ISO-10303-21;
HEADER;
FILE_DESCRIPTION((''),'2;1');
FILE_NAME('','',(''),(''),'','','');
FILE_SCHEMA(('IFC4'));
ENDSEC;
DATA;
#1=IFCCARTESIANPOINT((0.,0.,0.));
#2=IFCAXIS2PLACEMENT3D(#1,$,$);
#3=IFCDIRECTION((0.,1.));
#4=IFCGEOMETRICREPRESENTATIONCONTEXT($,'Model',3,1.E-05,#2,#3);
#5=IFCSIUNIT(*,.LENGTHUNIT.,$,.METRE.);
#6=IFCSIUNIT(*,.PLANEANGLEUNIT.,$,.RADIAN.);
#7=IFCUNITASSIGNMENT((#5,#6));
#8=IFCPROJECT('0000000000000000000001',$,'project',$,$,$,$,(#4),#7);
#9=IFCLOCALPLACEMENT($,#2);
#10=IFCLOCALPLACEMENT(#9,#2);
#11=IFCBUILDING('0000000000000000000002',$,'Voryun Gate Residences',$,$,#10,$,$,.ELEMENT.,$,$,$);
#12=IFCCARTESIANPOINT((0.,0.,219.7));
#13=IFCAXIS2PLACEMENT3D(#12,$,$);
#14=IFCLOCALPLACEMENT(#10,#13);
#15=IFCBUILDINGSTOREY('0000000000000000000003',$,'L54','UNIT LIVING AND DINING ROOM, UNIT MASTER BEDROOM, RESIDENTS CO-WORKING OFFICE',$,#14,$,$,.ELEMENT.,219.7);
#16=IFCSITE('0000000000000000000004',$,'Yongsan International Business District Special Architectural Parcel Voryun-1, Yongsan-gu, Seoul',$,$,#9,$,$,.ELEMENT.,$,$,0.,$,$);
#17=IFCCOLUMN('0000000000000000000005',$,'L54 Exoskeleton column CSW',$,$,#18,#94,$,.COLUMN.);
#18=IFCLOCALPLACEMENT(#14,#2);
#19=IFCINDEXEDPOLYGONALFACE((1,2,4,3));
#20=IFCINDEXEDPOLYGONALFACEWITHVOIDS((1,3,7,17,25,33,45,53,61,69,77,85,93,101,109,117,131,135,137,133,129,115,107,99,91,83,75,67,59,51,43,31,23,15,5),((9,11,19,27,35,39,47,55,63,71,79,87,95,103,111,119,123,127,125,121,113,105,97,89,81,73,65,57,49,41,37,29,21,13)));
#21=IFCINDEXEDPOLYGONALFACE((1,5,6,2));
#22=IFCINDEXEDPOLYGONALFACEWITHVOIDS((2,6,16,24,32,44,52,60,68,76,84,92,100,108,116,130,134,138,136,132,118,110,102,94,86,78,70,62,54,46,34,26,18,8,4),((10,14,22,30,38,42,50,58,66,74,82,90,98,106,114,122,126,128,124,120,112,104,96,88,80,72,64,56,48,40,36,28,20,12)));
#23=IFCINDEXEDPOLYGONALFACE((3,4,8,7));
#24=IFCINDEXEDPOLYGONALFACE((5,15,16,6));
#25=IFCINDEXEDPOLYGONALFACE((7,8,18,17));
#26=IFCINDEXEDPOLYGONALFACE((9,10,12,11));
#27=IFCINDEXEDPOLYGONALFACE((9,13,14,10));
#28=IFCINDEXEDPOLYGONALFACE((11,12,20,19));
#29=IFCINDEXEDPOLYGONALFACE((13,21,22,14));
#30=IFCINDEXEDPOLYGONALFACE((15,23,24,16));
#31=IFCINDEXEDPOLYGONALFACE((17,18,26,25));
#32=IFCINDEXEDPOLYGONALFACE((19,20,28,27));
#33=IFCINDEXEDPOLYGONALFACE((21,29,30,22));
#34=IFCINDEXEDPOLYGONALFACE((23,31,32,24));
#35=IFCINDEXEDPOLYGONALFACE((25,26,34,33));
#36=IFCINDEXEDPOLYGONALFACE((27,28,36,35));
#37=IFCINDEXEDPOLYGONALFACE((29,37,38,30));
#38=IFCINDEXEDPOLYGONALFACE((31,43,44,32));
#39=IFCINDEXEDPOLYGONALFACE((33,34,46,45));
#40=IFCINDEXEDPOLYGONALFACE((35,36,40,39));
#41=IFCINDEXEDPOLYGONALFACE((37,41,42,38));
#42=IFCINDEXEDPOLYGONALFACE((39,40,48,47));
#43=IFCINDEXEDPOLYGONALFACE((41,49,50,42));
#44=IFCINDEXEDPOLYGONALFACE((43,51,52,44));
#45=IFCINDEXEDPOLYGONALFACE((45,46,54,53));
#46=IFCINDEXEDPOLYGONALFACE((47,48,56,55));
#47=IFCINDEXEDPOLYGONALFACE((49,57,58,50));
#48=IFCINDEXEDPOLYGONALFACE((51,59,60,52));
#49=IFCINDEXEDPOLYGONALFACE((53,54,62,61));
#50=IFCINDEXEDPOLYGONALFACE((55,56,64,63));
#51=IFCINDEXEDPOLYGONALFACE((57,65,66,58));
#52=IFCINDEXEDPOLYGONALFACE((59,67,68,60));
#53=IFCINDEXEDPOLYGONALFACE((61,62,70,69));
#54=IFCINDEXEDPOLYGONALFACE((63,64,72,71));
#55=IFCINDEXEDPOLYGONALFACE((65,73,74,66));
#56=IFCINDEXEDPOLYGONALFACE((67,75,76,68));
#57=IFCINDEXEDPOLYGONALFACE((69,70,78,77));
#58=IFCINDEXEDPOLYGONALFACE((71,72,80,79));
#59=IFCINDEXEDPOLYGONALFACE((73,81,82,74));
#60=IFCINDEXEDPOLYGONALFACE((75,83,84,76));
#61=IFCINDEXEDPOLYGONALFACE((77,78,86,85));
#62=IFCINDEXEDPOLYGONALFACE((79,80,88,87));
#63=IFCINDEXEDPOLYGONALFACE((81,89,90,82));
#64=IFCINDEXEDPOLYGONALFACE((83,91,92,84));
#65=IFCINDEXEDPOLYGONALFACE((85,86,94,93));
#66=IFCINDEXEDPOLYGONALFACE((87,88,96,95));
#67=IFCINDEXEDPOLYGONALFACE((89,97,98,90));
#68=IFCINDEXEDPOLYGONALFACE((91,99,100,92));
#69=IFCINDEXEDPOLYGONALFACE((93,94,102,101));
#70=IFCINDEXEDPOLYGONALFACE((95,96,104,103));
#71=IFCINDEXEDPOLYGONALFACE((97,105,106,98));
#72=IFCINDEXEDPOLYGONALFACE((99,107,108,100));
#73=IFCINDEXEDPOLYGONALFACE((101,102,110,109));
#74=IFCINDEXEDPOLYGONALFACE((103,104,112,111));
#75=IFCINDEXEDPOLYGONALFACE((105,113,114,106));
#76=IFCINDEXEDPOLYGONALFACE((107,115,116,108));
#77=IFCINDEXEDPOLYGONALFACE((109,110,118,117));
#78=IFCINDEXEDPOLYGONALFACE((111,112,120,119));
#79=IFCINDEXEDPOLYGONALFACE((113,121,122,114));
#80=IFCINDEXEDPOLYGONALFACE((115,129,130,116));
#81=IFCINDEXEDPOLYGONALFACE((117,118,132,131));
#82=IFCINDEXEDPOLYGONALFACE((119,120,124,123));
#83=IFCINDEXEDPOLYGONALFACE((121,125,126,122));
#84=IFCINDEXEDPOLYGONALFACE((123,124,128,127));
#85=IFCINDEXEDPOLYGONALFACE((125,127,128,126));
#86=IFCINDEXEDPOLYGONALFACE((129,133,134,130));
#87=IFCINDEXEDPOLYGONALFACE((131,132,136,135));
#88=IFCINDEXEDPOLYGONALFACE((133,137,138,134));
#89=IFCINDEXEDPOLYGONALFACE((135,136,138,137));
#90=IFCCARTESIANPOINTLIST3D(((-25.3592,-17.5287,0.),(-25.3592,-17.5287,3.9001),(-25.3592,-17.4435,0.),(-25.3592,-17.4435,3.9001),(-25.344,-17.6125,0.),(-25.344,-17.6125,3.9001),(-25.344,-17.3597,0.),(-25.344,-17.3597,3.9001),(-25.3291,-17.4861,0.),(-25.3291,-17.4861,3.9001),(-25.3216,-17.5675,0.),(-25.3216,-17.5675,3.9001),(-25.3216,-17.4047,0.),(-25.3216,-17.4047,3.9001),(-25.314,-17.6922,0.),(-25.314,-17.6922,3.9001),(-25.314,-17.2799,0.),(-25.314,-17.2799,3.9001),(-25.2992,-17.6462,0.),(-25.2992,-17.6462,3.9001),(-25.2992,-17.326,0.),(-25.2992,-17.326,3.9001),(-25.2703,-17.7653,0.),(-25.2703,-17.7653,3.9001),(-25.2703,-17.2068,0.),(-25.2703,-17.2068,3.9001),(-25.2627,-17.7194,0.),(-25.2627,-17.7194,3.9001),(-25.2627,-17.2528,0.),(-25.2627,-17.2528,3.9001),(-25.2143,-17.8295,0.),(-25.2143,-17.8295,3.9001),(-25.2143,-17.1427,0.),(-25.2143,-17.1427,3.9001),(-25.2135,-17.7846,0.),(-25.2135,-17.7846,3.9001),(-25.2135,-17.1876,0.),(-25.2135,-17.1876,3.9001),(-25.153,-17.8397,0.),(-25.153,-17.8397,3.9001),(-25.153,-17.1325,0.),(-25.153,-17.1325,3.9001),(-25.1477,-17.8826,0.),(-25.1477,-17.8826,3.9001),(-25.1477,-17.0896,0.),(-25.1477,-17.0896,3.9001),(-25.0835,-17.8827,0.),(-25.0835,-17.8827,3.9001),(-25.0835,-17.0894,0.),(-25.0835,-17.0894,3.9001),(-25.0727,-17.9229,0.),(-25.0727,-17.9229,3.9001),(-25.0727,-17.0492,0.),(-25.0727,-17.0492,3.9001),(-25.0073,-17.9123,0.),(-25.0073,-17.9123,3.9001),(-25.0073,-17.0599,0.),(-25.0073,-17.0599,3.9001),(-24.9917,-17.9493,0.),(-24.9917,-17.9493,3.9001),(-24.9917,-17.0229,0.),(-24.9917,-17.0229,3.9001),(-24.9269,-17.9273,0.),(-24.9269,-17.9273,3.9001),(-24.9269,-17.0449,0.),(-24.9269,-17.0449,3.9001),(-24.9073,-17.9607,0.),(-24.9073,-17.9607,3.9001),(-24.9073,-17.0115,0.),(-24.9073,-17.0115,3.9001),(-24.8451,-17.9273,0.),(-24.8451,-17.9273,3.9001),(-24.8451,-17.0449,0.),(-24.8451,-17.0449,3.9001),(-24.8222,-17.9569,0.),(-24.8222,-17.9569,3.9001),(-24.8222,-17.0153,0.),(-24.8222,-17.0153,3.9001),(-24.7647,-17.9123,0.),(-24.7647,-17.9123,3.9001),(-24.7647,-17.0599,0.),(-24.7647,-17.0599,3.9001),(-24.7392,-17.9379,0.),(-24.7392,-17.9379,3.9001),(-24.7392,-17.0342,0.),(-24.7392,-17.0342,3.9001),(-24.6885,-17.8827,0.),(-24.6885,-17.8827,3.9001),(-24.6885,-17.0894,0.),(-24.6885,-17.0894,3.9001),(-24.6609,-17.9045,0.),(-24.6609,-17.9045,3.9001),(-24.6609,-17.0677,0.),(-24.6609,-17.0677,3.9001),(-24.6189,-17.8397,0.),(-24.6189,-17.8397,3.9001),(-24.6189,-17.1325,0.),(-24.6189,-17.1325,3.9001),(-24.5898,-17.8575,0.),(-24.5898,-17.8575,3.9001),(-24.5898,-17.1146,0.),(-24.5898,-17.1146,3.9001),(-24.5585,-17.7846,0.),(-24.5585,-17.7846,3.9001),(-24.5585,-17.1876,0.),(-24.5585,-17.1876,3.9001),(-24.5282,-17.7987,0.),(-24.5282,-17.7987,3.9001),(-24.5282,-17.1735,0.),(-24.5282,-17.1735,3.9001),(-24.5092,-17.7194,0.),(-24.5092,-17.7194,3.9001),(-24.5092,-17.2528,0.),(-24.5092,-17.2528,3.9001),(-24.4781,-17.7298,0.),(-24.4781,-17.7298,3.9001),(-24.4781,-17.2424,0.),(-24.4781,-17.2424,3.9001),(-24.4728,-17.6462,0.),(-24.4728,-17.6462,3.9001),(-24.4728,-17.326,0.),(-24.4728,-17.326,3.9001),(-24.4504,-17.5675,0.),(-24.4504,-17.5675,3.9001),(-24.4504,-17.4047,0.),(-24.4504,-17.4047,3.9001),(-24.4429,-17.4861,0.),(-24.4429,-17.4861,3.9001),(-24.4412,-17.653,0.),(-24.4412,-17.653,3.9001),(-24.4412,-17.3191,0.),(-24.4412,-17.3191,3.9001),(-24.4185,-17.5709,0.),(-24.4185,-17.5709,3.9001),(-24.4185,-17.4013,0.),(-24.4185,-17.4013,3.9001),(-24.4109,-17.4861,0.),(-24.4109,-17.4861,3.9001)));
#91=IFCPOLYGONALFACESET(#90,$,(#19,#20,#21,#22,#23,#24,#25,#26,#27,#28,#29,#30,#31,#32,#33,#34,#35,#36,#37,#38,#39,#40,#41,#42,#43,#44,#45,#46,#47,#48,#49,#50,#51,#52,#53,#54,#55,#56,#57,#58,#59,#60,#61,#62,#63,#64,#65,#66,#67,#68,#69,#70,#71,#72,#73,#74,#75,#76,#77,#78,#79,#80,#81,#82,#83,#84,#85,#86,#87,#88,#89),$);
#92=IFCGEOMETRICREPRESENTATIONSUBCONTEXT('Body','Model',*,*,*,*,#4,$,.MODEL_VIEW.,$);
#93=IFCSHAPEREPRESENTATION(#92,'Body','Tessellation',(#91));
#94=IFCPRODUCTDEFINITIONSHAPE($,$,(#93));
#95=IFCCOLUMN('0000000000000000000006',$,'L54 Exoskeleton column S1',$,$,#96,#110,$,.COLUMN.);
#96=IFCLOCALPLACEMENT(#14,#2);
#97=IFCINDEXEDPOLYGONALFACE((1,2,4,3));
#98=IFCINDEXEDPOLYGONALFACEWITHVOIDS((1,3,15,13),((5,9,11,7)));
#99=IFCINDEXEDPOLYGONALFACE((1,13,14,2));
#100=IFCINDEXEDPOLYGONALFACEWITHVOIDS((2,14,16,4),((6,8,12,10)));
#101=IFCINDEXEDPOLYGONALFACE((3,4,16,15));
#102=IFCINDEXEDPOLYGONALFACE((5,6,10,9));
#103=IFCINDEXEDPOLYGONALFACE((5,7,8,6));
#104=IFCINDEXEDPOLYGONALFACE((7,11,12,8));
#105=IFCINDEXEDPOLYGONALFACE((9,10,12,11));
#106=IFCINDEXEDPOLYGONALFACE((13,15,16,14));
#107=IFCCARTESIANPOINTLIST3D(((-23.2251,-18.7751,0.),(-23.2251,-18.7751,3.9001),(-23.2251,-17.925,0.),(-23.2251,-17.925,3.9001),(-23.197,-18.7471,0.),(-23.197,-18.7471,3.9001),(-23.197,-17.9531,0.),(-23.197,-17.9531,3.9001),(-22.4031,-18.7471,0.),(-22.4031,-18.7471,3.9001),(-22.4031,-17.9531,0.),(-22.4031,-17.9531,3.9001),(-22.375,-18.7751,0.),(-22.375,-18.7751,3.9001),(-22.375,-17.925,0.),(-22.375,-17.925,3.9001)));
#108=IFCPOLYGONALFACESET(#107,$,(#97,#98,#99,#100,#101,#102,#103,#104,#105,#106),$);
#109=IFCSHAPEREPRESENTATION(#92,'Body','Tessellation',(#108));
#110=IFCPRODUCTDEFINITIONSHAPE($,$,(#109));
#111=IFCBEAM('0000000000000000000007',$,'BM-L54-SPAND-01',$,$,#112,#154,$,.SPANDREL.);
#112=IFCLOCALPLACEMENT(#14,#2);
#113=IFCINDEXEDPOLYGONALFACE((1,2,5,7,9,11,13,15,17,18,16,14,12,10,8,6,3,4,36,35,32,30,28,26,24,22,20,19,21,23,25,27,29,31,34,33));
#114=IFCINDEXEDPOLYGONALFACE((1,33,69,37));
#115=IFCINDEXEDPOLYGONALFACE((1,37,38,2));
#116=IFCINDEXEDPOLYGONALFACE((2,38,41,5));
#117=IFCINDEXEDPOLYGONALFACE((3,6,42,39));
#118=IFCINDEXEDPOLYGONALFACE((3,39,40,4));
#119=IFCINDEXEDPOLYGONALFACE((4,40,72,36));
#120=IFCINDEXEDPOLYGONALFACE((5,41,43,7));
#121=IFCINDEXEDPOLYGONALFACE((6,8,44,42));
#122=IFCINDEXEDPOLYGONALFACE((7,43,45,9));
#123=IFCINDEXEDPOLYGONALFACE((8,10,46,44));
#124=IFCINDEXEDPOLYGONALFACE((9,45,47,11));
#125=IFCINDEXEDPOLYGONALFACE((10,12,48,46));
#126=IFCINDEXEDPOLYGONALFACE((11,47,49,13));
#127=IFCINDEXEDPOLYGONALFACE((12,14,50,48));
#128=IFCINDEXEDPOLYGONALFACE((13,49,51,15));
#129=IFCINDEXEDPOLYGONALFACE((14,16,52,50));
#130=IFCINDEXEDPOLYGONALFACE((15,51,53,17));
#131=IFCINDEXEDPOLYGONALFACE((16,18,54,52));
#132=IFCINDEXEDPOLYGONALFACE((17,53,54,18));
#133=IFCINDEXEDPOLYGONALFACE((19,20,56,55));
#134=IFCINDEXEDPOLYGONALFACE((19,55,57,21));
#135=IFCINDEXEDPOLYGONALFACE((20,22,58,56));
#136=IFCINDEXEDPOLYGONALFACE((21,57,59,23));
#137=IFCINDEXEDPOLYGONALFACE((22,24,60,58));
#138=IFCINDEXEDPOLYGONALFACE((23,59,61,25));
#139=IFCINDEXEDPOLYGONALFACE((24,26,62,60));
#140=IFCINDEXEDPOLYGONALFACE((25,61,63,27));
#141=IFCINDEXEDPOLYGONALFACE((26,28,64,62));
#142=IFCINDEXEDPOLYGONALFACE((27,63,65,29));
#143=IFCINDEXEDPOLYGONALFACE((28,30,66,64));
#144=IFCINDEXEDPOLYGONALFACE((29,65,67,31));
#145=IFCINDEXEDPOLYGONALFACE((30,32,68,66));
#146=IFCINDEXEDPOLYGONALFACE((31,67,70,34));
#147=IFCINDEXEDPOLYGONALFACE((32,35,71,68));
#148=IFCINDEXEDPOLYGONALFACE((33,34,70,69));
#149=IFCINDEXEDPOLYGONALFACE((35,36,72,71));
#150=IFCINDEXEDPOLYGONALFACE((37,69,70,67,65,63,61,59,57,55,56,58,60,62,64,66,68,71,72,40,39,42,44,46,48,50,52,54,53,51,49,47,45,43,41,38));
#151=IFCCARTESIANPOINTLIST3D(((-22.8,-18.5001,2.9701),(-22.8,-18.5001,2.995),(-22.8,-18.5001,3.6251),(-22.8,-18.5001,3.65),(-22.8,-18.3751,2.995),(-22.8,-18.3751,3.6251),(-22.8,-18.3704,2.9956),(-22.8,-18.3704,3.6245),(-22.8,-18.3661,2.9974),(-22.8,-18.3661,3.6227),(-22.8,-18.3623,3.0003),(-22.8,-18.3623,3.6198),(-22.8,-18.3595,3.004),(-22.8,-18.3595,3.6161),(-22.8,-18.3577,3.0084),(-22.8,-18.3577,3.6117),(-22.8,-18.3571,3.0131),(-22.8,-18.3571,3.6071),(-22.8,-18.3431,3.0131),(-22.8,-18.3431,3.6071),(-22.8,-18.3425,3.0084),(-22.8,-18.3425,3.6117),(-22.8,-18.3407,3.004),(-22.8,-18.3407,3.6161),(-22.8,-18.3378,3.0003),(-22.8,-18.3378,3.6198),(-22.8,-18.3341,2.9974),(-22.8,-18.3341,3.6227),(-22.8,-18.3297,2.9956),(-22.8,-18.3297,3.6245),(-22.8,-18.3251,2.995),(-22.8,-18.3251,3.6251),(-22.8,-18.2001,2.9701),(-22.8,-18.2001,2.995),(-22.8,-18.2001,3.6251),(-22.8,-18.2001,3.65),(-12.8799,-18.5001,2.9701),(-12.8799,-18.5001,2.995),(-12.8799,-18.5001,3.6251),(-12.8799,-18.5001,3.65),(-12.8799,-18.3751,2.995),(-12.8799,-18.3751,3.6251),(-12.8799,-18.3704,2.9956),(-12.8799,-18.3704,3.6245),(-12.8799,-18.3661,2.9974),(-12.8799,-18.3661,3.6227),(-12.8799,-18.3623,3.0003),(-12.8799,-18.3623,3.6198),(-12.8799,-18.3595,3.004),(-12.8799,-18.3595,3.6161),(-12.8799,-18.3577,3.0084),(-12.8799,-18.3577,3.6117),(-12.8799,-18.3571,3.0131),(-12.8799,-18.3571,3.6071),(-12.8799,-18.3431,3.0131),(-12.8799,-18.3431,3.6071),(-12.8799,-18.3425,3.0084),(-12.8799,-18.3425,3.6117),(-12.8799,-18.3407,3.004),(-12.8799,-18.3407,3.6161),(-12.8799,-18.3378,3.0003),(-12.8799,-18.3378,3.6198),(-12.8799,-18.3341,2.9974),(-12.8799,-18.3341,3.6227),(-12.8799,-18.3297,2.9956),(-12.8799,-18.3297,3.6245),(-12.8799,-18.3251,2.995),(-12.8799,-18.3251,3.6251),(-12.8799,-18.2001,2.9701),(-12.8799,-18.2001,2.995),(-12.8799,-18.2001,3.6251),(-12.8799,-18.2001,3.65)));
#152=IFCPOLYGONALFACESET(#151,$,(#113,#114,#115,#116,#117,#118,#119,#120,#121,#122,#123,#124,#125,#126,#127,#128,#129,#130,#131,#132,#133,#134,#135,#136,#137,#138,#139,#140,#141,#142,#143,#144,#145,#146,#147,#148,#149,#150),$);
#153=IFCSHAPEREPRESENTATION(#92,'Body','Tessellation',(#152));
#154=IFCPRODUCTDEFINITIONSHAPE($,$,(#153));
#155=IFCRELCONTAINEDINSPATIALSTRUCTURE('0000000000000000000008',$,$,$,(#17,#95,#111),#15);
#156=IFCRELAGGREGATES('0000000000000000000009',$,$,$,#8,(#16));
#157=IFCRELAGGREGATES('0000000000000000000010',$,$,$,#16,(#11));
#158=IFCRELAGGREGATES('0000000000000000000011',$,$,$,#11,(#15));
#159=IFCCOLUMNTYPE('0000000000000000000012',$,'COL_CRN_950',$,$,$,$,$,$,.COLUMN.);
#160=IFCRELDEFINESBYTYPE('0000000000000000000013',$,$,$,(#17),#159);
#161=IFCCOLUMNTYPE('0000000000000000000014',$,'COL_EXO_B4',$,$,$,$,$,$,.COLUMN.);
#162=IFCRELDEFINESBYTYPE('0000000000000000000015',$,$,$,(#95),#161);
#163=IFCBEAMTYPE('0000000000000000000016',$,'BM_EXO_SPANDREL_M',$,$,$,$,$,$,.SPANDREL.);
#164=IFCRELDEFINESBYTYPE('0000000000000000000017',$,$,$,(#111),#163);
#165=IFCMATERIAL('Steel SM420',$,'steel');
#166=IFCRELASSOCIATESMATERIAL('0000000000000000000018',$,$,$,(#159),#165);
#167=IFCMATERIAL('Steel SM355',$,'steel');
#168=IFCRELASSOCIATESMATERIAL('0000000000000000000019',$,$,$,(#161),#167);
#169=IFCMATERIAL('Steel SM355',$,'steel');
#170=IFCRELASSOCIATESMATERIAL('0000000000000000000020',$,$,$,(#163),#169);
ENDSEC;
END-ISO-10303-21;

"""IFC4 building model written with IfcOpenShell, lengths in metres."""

from ifc_helpers import new_model, si_unit, direction, frame, origin, origin_2d, place, context, subcontext, project, spatial, hollow_rectangle, hollow_circle, i_section, extrude, material, material_profile, profile_set, type_object, element, save


model = new_model("IFC4")

# Units and contexts
model_context = context("Model", 3, precision=1e-05, world=origin(), true_north=direction((0.0, 1.0)))
body_context = subcontext(model_context, "Body", "Model", "MODEL_VIEW")
ifc_project = project(units=[si_unit("LENGTHUNIT", "METRE"), si_unit("PLANEANGLEUNIT", "RADIAN")], contexts=[model_context])

# Site, building, storey
site_placement = place(None, origin())
site = spatial("IfcSite", under=ifc_project, at=site_placement, Name="Yongsan International Business District Special Architectural Parcel Voryun-1, Yongsan-gu, Seoul", CompositionType="ELEMENT", RefElevation=0.0)
building_placement = place(site_placement, origin())
building = spatial("IfcBuilding", under=site, at=building_placement, Name="Voryun Gate Residences", CompositionType="ELEMENT")
storey_placement = place(building_placement, frame((0.0, 0.0, 219.7)))
storey = spatial("IfcBuildingStorey", under=building, at=storey_placement, Name="L54", Description="UNIT LIVING AND DINING ROOM, UNIT MASTER BEDROOM, RESIDENTS CO-WORKING OFFICE", CompositionType="ELEMENT", Elevation=219.7)

# Columns
ifc_material_1 = material(Name="Steel SM420", Category="steel")
ifc_material_profile_1 = material_profile(ifc_material_1, hollow_circle(Radius=0.4751, WallThickness=0.032, at=origin_2d()), Name="CHS-950x32")
ifc_profile_set_1 = profile_set([ifc_material_profile_1], Name="Steel SM420")
column_type_1 = type_object("IfcColumnType", Name="COL_CRN_950", PredefinedType="COLUMN", material=ifc_profile_set_1)
column_1_placement = place(storey_placement, frame((-24.886, -17.4861, 0.0), z_axis=(0.0, 0.0, 1.0), x_axis=(1.0, 0.0, 0.0)))
element("IfcColumn", 1, at=column_1_placement, inside=storey, type_object=column_type_1, Name="L54 Exoskeleton column CSW", PredefinedType="COLUMN", context=body_context, shape_type="SweptSolid", body=[
    extrude(hollow_circle(Radius=0.4751, WallThickness=0.032, at=origin_2d()), origin(), (0.0, 0.0, 1.0), 3.9001),
])
ifc_material_2 = material(Name="Steel SM355", Category="steel")
ifc_material_profile_2 = material_profile(ifc_material_2, hollow_rectangle(XDim=0.8501, YDim=0.8501, WallThickness=0.0281, at=origin_2d()), Name="BOX-850x850x28")
ifc_profile_set_2 = profile_set([ifc_material_profile_2], Name="Steel SM355")
column_type_2 = type_object("IfcColumnType", Name="COL_EXO_B4", PredefinedType="COLUMN", material=ifc_profile_set_2)
column_2_placement = place(storey_placement, frame((-22.8, -18.3501, 0.0), z_axis=(0.0, 0.0, 1.0), x_axis=(1.0, 0.0, 0.0)))
element("IfcColumn", 2, at=column_2_placement, inside=storey, type_object=column_type_2, Name="L54 Exoskeleton column S1", PredefinedType="COLUMN", context=body_context, shape_type="SweptSolid", body=[
    extrude(hollow_rectangle(XDim=0.8501, YDim=0.8501, WallThickness=0.0281, at=origin_2d()), origin(), (0.0, 0.0, 1.0), 3.9001),
])

# Beam
ifc_material_3 = material(Name="Steel SM355", Category="steel")
ifc_material_profile_3 = material_profile(ifc_material_3, i_section(OverallWidth=0.3, OverallDepth=0.6799, WebThickness=0.0139, FlangeThickness=0.0249, FilletRadius=0.0181, at=origin_2d()), Name="H-680x300x14x25")
ifc_profile_set_3 = profile_set([ifc_material_profile_3], Name="Steel SM355")
beam_type = type_object("IfcBeamType", Name="BM_EXO_SPANDREL_M", PredefinedType="SPANDREL", material=ifc_profile_set_3)
beam_1_placement = place(storey_placement, frame((-22.8, -18.3501, 3.3101), z_axis=(1.0, 0.0, 0.0), x_axis=(0.0, 1.0, 0.0)))
element("IfcBeam", 3, at=beam_1_placement, inside=storey, type_object=beam_type, Name="BM-L54-SPAND-01", PredefinedType="SPANDREL", context=body_context, shape_type="SweptSolid", body=[
    extrude(i_section(OverallWidth=0.3, OverallDepth=0.6799, WebThickness=0.0139, FlangeThickness=0.0249, FilletRadius=0.0181, at=origin_2d()), origin(), (0.0, 0.0, 1.0), 9.9202),
])

save(model, "model.ifc")
